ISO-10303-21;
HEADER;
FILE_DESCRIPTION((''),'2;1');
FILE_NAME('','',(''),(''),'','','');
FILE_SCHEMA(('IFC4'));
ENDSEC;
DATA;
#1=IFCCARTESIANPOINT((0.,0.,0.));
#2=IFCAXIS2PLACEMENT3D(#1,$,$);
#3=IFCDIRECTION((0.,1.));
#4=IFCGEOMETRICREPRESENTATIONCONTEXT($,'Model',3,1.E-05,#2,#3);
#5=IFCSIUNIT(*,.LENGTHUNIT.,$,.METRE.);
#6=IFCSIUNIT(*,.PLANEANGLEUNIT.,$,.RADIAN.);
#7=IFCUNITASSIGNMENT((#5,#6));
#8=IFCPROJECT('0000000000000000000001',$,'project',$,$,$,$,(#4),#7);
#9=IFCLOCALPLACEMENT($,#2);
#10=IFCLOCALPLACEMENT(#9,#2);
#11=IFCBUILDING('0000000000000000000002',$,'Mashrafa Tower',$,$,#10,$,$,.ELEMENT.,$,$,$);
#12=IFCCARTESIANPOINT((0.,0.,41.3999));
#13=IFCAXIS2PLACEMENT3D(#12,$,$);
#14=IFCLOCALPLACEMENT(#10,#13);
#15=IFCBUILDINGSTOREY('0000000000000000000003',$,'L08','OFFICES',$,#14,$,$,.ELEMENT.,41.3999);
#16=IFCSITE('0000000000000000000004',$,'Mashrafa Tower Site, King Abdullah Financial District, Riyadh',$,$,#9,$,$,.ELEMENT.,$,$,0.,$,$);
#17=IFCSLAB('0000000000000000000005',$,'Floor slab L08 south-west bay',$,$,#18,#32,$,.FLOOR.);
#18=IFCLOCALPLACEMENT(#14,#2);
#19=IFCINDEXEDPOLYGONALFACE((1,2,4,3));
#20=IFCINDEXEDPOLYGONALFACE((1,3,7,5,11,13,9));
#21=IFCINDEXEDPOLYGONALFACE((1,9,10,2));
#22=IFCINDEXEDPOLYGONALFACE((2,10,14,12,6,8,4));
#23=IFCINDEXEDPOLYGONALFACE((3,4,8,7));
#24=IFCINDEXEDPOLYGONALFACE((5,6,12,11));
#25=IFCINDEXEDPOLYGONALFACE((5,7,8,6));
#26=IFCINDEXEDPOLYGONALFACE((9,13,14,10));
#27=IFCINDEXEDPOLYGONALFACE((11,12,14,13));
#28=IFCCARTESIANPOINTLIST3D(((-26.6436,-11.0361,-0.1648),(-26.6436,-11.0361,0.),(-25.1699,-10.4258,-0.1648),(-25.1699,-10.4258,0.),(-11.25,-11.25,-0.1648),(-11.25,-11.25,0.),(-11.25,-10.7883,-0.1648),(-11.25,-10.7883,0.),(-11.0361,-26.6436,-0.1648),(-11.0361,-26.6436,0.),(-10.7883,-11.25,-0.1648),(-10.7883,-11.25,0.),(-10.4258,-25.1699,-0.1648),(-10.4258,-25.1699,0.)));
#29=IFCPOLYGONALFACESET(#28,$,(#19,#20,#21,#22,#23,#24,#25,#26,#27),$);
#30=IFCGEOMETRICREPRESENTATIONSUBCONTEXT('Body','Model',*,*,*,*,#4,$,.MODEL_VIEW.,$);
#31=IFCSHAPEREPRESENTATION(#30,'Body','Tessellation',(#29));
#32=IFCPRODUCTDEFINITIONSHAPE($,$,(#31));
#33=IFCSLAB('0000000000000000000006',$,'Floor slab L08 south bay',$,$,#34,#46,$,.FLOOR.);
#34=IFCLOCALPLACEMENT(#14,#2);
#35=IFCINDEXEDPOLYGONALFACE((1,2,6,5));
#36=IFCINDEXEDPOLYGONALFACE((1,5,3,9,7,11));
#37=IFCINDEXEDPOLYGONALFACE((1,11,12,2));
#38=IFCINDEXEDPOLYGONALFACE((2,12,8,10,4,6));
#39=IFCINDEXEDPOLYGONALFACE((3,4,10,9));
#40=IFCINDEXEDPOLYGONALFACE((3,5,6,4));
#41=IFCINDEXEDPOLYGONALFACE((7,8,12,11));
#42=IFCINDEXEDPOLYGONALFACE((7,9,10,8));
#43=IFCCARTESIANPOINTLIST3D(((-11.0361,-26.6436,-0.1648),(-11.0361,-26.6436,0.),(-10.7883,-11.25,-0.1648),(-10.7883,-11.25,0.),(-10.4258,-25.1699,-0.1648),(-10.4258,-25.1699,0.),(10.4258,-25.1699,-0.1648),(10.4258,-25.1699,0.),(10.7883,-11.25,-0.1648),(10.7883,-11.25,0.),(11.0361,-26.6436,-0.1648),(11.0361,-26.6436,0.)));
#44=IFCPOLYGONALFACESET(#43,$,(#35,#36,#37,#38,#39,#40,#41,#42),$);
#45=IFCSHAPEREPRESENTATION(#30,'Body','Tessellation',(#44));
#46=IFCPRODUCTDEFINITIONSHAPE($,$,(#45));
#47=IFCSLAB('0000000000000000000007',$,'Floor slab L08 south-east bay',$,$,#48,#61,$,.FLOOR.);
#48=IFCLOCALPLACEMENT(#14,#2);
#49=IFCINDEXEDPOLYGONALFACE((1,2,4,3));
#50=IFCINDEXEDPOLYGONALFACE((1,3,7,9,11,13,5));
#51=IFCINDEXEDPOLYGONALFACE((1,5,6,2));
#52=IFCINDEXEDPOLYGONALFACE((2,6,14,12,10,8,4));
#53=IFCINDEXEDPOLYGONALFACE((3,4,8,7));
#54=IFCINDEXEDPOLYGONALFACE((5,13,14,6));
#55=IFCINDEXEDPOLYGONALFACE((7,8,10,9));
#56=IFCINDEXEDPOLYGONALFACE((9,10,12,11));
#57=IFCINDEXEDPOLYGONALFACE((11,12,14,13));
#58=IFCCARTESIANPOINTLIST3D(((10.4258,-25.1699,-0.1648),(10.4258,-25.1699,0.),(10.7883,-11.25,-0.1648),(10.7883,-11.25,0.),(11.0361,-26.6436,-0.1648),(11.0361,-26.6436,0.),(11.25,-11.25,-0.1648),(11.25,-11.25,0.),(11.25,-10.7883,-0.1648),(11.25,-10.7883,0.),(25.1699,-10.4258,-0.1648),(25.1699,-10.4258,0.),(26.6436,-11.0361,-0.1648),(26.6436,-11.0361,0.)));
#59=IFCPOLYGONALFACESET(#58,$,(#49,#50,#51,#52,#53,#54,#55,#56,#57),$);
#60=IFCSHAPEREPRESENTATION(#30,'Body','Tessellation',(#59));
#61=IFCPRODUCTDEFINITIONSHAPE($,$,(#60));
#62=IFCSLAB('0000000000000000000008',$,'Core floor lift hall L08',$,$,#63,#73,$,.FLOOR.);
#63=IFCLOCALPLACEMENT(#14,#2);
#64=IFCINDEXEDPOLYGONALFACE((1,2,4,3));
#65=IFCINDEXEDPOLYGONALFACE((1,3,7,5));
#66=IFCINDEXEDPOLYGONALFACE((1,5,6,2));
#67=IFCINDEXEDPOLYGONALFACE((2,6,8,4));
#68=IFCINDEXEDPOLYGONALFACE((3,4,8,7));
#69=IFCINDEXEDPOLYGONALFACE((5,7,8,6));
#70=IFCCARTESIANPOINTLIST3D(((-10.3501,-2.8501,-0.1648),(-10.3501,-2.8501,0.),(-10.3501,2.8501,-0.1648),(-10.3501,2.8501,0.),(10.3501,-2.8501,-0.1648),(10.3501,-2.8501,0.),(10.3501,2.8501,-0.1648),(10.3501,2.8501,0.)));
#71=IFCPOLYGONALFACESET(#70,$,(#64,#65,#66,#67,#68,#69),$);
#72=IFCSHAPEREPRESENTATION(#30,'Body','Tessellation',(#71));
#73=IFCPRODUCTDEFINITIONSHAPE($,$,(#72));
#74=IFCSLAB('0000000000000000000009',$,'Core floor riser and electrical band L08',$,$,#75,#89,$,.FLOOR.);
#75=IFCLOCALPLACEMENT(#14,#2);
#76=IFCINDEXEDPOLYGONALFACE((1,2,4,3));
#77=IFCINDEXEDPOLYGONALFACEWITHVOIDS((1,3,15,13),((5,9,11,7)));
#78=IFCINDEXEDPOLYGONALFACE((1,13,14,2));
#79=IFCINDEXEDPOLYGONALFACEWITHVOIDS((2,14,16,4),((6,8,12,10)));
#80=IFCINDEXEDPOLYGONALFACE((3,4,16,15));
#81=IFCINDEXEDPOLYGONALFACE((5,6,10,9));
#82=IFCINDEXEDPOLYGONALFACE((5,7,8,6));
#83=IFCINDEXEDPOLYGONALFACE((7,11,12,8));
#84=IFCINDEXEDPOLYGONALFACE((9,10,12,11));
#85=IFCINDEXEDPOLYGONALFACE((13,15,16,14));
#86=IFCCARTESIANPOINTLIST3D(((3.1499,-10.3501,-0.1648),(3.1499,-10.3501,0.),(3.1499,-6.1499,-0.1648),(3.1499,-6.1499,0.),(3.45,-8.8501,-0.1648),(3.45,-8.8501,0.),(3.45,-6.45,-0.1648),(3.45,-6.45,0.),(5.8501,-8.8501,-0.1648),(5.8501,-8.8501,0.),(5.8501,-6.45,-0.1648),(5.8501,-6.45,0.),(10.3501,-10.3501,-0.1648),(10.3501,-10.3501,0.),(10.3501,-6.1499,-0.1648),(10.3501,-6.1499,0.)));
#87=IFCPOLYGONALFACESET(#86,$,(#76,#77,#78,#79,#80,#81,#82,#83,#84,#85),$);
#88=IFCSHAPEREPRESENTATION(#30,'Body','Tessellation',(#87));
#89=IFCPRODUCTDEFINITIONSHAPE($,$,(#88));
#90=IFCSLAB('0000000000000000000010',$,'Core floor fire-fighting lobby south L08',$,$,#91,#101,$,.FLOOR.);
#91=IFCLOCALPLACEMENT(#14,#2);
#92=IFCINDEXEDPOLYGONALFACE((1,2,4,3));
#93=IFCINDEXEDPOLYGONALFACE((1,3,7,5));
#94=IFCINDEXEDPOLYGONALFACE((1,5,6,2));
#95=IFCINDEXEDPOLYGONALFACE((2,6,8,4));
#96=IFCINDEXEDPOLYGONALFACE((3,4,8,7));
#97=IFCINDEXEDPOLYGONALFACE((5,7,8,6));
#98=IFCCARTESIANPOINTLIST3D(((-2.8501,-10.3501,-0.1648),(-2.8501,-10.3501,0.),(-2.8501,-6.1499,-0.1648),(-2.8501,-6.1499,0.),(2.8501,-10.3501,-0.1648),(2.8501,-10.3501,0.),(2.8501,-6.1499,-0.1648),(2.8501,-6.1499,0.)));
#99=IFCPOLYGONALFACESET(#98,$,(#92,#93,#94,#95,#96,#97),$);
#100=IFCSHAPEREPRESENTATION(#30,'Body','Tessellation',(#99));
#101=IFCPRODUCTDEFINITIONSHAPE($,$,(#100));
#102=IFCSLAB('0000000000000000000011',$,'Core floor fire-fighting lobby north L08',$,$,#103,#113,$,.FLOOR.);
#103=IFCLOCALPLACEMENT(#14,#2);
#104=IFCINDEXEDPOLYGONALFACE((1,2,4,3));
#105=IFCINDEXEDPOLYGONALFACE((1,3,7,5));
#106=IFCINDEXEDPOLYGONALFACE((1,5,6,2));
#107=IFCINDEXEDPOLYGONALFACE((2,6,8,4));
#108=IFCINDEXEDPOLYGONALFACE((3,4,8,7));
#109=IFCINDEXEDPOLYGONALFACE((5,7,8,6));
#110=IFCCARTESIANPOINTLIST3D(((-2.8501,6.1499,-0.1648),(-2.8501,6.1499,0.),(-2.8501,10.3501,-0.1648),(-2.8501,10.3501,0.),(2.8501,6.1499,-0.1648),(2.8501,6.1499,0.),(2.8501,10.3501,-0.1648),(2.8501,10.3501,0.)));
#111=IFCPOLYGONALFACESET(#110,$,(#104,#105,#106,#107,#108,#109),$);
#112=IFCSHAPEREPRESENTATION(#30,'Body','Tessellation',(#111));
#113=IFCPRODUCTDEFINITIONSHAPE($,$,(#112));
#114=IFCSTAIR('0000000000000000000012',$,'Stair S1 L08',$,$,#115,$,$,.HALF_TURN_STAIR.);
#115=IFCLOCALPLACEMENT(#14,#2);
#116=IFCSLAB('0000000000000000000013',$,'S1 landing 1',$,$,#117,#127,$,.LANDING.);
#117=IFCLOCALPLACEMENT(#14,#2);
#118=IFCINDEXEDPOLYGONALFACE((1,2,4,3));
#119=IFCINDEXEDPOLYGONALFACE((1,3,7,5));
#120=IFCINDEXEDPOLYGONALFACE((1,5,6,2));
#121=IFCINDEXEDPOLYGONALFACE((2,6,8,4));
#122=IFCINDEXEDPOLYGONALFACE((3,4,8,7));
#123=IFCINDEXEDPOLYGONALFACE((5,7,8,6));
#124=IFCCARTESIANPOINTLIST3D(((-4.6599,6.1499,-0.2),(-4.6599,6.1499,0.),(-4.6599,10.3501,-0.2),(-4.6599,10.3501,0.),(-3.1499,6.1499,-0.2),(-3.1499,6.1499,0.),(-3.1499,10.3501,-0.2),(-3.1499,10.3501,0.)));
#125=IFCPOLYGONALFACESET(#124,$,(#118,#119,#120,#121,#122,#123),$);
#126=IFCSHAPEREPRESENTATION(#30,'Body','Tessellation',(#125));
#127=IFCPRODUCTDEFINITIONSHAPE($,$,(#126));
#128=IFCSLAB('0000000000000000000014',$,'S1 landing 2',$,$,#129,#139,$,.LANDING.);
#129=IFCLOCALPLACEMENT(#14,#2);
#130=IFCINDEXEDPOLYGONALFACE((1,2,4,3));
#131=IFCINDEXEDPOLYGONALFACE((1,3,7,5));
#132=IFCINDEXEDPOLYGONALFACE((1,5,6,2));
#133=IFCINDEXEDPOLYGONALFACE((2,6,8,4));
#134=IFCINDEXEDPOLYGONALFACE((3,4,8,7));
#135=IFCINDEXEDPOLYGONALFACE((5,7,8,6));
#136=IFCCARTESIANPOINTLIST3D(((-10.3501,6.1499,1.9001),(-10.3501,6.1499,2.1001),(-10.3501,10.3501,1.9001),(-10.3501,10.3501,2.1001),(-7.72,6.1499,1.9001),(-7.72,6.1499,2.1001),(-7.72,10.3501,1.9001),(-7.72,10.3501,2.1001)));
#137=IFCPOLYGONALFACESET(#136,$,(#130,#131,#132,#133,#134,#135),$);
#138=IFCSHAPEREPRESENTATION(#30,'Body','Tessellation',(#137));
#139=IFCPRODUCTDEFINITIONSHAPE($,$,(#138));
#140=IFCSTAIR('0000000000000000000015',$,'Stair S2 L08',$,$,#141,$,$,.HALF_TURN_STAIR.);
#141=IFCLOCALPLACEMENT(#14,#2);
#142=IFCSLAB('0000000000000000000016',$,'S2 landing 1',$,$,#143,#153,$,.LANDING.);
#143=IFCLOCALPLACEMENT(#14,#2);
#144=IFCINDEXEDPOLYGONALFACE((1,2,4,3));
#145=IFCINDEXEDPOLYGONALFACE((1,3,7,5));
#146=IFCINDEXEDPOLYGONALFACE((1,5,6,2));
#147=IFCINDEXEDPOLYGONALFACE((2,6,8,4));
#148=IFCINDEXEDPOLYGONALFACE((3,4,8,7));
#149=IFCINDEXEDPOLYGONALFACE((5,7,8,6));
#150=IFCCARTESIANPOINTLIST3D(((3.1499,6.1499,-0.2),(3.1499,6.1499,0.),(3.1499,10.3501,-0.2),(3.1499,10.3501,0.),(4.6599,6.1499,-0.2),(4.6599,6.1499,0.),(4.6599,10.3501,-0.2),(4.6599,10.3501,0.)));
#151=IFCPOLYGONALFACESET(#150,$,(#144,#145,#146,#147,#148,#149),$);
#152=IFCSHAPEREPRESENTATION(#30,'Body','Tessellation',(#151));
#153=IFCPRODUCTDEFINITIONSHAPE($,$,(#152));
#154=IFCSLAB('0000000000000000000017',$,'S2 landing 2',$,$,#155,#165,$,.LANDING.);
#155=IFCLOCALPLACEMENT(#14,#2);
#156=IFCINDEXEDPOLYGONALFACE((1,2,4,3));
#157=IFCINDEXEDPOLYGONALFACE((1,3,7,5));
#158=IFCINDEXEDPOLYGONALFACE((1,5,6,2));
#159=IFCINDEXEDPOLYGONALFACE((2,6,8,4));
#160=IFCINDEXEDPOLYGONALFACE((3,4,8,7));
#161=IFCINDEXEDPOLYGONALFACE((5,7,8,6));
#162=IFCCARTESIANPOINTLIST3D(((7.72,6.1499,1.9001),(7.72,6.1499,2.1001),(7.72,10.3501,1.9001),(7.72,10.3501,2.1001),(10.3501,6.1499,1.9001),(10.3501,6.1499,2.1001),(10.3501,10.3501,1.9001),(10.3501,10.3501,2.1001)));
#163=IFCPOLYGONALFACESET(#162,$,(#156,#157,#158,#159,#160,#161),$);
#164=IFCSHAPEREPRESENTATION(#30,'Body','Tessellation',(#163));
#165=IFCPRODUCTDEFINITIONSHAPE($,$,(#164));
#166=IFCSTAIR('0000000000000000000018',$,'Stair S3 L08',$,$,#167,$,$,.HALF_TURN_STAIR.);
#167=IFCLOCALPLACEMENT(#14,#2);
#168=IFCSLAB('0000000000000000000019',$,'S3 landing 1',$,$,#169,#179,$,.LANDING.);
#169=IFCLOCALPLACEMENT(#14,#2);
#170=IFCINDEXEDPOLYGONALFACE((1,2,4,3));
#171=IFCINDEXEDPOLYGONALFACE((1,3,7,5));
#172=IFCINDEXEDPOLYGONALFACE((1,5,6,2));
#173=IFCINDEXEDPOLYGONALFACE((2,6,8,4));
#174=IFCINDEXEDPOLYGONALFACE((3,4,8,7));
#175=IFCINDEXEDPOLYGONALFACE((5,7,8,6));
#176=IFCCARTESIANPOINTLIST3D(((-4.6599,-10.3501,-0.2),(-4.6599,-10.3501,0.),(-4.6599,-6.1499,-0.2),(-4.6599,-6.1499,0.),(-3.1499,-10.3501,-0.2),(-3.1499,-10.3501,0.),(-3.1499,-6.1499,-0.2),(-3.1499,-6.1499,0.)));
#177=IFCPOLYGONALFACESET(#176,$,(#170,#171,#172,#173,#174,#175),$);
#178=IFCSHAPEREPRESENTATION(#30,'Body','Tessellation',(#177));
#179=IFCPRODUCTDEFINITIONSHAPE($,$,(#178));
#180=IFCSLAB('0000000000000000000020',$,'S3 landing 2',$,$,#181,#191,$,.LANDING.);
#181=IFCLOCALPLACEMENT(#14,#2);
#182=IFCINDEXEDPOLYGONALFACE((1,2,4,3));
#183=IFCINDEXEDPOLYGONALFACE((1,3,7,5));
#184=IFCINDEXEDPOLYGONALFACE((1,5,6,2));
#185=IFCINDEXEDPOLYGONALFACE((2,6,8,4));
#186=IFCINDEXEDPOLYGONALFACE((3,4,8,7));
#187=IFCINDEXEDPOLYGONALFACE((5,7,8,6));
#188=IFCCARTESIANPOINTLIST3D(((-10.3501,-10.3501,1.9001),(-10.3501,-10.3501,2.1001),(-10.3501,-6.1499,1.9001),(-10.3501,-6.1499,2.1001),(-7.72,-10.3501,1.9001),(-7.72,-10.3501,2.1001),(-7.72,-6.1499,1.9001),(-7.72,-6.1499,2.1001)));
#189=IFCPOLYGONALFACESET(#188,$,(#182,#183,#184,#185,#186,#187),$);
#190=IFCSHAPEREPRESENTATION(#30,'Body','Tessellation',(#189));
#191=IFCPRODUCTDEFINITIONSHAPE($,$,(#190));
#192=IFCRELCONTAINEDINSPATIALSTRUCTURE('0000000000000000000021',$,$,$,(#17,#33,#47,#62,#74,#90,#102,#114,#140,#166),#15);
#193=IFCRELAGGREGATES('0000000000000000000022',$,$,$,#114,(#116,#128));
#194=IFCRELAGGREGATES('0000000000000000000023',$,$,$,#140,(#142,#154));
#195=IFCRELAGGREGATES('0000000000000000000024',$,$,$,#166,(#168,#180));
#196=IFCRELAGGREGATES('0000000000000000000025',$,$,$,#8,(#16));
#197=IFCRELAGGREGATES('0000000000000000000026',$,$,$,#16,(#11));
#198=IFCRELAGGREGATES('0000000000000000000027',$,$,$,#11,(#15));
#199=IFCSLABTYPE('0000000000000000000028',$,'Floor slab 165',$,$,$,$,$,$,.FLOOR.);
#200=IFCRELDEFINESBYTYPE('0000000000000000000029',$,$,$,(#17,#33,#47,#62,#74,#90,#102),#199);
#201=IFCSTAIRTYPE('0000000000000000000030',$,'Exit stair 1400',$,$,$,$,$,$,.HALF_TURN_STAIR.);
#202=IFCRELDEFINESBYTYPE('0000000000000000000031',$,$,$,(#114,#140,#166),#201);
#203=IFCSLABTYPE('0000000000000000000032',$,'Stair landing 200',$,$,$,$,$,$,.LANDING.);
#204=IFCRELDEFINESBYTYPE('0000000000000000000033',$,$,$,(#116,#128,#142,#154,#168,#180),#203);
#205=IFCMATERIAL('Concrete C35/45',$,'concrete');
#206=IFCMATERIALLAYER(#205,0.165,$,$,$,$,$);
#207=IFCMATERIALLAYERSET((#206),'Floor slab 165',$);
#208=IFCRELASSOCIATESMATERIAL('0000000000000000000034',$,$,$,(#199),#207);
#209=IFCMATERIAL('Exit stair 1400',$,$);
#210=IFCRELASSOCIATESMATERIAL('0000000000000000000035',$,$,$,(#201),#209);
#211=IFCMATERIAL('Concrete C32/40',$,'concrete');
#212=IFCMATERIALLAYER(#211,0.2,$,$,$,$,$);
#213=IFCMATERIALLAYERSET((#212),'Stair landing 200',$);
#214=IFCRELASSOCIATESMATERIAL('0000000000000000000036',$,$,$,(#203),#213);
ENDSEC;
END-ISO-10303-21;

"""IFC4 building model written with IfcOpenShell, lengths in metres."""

from ifc_helpers import new_model, si_unit, direction, frame, origin, place, context, subcontext, project, spatial, polyline, outline, extrude, material, layer, layer_set, type_object, element, aggregate, save


model = new_model("IFC4")

# Units and contexts
model_context = context("Model", 3, precision=1e-05, world=origin(), true_north=direction((0.0, 1.0)))
body_context = subcontext(model_context, "Body", "Model", "MODEL_VIEW")
ifc_project = project(units=[si_unit("LENGTHUNIT", "METRE"), si_unit("PLANEANGLEUNIT", "RADIAN")], contexts=[model_context])

# Site, building, storey
site_placement = place(None, origin())
site = spatial("IfcSite", under=ifc_project, at=site_placement, Name="Mashrafa Tower Site, King Abdullah Financial District, Riyadh", CompositionType="ELEMENT", RefElevation=0.0)
building_placement = place(site_placement, origin())
building = spatial("IfcBuilding", under=site, at=building_placement, Name="Mashrafa Tower", CompositionType="ELEMENT")
storey_placement = place(building_placement, frame((0.0, 0.0, 41.3999)))
storey = spatial("IfcBuildingStorey", under=building, at=storey_placement, Name="L08", Description="OFFICES", CompositionType="ELEMENT", Elevation=41.3999)

# Slabs
ifc_material_1 = material(Name="Concrete C35/45", Category="concrete")
ifc_layer_1 = layer(ifc_material_1, 0.165)
ifc_layer_set_1 = layer_set([ifc_layer_1], Name="Floor slab 165")
slab_type_1 = type_object("IfcSlabType", Name="Floor slab 165", PredefinedType="FLOOR", material=ifc_layer_set_1)
slab_1_placement = place(storey_placement, frame((0.0, 0.0, -0.1648)))
element("IfcSlab", 1, at=slab_1_placement, inside=storey, type_object=slab_type_1, Name="Floor slab L08 south-west bay", PredefinedType="FLOOR", context=body_context, shape_type="SweptSolid", body=[
    extrude(outline(polyline([(-26.6436, -11.0361), (-25.1699, -10.4258), (-11.25, -10.7883), (-11.25, -11.25), (-10.7883, -11.25), (-10.4258, -25.1699), (-11.0361, -26.6436), (-26.6436, -11.0361)])), origin(), (0.0, 0.0, 1.0), 0.1648),
])
slab_2_placement = place(storey_placement, frame((0.0, 0.0, -0.1648)))
element("IfcSlab", 2, at=slab_2_placement, inside=storey, type_object=slab_type_1, Name="Floor slab L08 south bay", PredefinedType="FLOOR", context=body_context, shape_type="SweptSolid", body=[
    extrude(outline(polyline([(-11.0361, -26.6436), (-11.0361, -26.6436), (-10.4258, -25.1699), (-10.7883, -11.25), (10.7883, -11.25), (10.4258, -25.1699), (11.0361, -26.6436), (11.0361, -26.6436), (-11.0361, -26.6436)])), origin(), (0.0, 0.0, 1.0), 0.1648),
])
slab_3_placement = place(storey_placement, frame((0.0, 0.0, -0.1648)))
element("IfcSlab", 3, at=slab_3_placement, inside=storey, type_object=slab_type_1, Name="Floor slab L08 south-east bay", PredefinedType="FLOOR", context=body_context, shape_type="SweptSolid", body=[
    extrude(outline(polyline([(11.0361, -26.6436), (10.4258, -25.1699), (10.7883, -11.25), (11.25, -11.25), (11.25, -10.7883), (25.1699, -10.4258), (26.6436, -11.0361), (11.0361, -26.6436)])), origin(), (0.0, 0.0, 1.0), 0.1648),
])
slab_4_placement = place(storey_placement, frame((0.0, 0.0, -0.1648)))
element("IfcSlab", 4, at=slab_4_placement, inside=storey, type_object=slab_type_1, Name="Core floor lift hall L08", PredefinedType="FLOOR", context=body_context, shape_type="SweptSolid", body=[
    extrude(outline(polyline([(-10.3501, 2.8501), (10.3501, 2.8501), (10.3501, -2.8501), (-10.3501, -2.8501), (-10.3501, 2.8501)])), origin(), (0.0, 0.0, 1.0), 0.1648),
])
slab_5_placement = place(storey_placement, frame((0.0, 0.0, -0.1648)))
element("IfcSlab", 5, at=slab_5_placement, inside=storey, type_object=slab_type_1, Name="Core floor riser and electrical band L08", PredefinedType="FLOOR", context=body_context, shape_type="SweptSolid", body=[
    extrude(outline(polyline([(10.3501, -6.1499), (10.3501, -10.3501), (3.1499, -10.3501), (3.1499, -6.1499), (10.3501, -6.1499)]), holes=[polyline([(3.45, -8.8501), (5.8501, -8.8501), (5.8501, -6.45), (3.45, -6.45), (3.45, -8.8501)])]), origin(), (0.0, 0.0, 1.0), 0.1648),
])
slab_6_placement = place(storey_placement, frame((0.0, 0.0, -0.1648)))
element("IfcSlab", 6, at=slab_6_placement, inside=storey, type_object=slab_type_1, Name="Core floor fire-fighting lobby south L08", PredefinedType="FLOOR", context=body_context, shape_type="SweptSolid", body=[
    extrude(outline(polyline([(2.8501, -6.1499), (2.8501, -10.3501), (-2.8501, -10.3501), (-2.8501, -6.1499), (2.8501, -6.1499)])), origin(), (0.0, 0.0, 1.0), 0.1648),
])
slab_7_placement = place(storey_placement, frame((0.0, 0.0, -0.1648)))
element("IfcSlab", 7, at=slab_7_placement, inside=storey, type_object=slab_type_1, Name="Core floor fire-fighting lobby north L08", PredefinedType="FLOOR", context=body_context, shape_type="SweptSolid", body=[
    extrude(outline(polyline([(-2.8501, 10.3501), (2.8501, 10.3501), (2.8501, 6.1499), (-2.8501, 6.1499), (-2.8501, 10.3501)])), origin(), (0.0, 0.0, 1.0), 0.1648),
])

# Stairs, slabs
ifc_material_2 = material(Name="Exit stair 1400")
stair_type = type_object("IfcStairType", Name="Exit stair 1400", PredefinedType="HALF_TURN_STAIR", material=ifc_material_2)
stair_1_placement = place(storey_placement, origin())
stair_1 = element("IfcStair", 8, at=stair_1_placement, inside=storey, type_object=stair_type, Name="Stair S1 L08", PredefinedType="HALF_TURN_STAIR")
ifc_material_3 = material(Name="Concrete C32/40", Category="concrete")
ifc_layer_2 = layer(ifc_material_3, 0.2)
ifc_layer_set_2 = layer_set([ifc_layer_2], Name="Stair landing 200")
slab_type_2 = type_object("IfcSlabType", Name="Stair landing 200", PredefinedType="LANDING", material=ifc_layer_set_2)
slab_8_placement = place(storey_placement, frame((0.0, 0.0, -0.2)))
slab_8 = element("IfcSlab", 9, at=slab_8_placement, type_object=slab_type_2, Name="S1 landing 1", PredefinedType="LANDING", context=body_context, shape_type="SweptSolid", body=[
    extrude(outline(polyline([(-4.6599, 6.1499), (-3.1499, 6.1499), (-3.1499, 10.3501), (-4.6599, 10.3501), (-4.6599, 6.1499)])), origin(), (0.0, 0.0, 1.0), 0.2),
])
slab_9_placement = place(storey_placement, frame((0.0, 0.0, 1.9001)))
slab_9 = element("IfcSlab", 10, at=slab_9_placement, type_object=slab_type_2, Name="S1 landing 2", PredefinedType="LANDING", context=body_context, shape_type="SweptSolid", body=[
    extrude(outline(polyline([(-10.3501, 6.1499), (-7.72, 6.1499), (-7.72, 10.3501), (-10.3501, 10.3501), (-10.3501, 6.1499)])), origin(), (0.0, 0.0, 1.0), 0.2),
])
aggregate(stair_1, [slab_8, slab_9])
stair_2_placement = place(storey_placement, origin())
stair_2 = element("IfcStair", 11, at=stair_2_placement, inside=storey, type_object=stair_type, Name="Stair S2 L08", PredefinedType="HALF_TURN_STAIR")
slab_10_placement = place(storey_placement, frame((0.0, 0.0, -0.2)))
slab_10 = element("IfcSlab", 12, at=slab_10_placement, type_object=slab_type_2, Name="S2 landing 1", PredefinedType="LANDING", context=body_context, shape_type="SweptSolid", body=[
    extrude(outline(polyline([(3.1499, 6.1499), (4.6599, 6.1499), (4.6599, 10.3501), (3.1499, 10.3501), (3.1499, 6.1499)])), origin(), (0.0, 0.0, 1.0), 0.2),
])
slab_11_placement = place(storey_placement, frame((0.0, 0.0, 1.9001)))
slab_11 = element("IfcSlab", 13, at=slab_11_placement, type_object=slab_type_2, Name="S2 landing 2", PredefinedType="LANDING", context=body_context, shape_type="SweptSolid", body=[
    extrude(outline(polyline([(7.72, 6.1499), (10.3501, 6.1499), (10.3501, 10.3501), (7.72, 10.3501), (7.72, 6.1499)])), origin(), (0.0, 0.0, 1.0), 0.2),
])
aggregate(stair_2, [slab_10, slab_11])
stair_3_placement = place(storey_placement, origin())
stair_3 = element("IfcStair", 14, at=stair_3_placement, inside=storey, type_object=stair_type, Name="Stair S3 L08", PredefinedType="HALF_TURN_STAIR")
slab_12_placement = place(storey_placement, frame((0.0, 0.0, -0.2)))
slab_12 = element("IfcSlab", 15, at=slab_12_placement, type_object=slab_type_2, Name="S3 landing 1", PredefinedType="LANDING", context=body_context, shape_type="SweptSolid", body=[
    extrude(outline(polyline([(-4.6599, -10.3501), (-3.1499, -10.3501), (-3.1499, -6.1499), (-4.6599, -6.1499), (-4.6599, -10.3501)])), origin(), (0.0, 0.0, 1.0), 0.2),
])
slab_13_placement = place(storey_placement, frame((0.0, 0.0, 1.9001)))
slab_13 = element("IfcSlab", 16, at=slab_13_placement, type_object=slab_type_2, Name="S3 landing 2", PredefinedType="LANDING", context=body_context, shape_type="SweptSolid", body=[
    extrude(outline(polyline([(-10.3501, -10.3501), (-7.72, -10.3501), (-7.72, -6.1499), (-10.3501, -6.1499), (-10.3501, -10.3501)])), origin(), (0.0, 0.0, 1.0), 0.2),
])
aggregate(stair_3, [slab_12, slab_13])

save(model, "model.ifc")
